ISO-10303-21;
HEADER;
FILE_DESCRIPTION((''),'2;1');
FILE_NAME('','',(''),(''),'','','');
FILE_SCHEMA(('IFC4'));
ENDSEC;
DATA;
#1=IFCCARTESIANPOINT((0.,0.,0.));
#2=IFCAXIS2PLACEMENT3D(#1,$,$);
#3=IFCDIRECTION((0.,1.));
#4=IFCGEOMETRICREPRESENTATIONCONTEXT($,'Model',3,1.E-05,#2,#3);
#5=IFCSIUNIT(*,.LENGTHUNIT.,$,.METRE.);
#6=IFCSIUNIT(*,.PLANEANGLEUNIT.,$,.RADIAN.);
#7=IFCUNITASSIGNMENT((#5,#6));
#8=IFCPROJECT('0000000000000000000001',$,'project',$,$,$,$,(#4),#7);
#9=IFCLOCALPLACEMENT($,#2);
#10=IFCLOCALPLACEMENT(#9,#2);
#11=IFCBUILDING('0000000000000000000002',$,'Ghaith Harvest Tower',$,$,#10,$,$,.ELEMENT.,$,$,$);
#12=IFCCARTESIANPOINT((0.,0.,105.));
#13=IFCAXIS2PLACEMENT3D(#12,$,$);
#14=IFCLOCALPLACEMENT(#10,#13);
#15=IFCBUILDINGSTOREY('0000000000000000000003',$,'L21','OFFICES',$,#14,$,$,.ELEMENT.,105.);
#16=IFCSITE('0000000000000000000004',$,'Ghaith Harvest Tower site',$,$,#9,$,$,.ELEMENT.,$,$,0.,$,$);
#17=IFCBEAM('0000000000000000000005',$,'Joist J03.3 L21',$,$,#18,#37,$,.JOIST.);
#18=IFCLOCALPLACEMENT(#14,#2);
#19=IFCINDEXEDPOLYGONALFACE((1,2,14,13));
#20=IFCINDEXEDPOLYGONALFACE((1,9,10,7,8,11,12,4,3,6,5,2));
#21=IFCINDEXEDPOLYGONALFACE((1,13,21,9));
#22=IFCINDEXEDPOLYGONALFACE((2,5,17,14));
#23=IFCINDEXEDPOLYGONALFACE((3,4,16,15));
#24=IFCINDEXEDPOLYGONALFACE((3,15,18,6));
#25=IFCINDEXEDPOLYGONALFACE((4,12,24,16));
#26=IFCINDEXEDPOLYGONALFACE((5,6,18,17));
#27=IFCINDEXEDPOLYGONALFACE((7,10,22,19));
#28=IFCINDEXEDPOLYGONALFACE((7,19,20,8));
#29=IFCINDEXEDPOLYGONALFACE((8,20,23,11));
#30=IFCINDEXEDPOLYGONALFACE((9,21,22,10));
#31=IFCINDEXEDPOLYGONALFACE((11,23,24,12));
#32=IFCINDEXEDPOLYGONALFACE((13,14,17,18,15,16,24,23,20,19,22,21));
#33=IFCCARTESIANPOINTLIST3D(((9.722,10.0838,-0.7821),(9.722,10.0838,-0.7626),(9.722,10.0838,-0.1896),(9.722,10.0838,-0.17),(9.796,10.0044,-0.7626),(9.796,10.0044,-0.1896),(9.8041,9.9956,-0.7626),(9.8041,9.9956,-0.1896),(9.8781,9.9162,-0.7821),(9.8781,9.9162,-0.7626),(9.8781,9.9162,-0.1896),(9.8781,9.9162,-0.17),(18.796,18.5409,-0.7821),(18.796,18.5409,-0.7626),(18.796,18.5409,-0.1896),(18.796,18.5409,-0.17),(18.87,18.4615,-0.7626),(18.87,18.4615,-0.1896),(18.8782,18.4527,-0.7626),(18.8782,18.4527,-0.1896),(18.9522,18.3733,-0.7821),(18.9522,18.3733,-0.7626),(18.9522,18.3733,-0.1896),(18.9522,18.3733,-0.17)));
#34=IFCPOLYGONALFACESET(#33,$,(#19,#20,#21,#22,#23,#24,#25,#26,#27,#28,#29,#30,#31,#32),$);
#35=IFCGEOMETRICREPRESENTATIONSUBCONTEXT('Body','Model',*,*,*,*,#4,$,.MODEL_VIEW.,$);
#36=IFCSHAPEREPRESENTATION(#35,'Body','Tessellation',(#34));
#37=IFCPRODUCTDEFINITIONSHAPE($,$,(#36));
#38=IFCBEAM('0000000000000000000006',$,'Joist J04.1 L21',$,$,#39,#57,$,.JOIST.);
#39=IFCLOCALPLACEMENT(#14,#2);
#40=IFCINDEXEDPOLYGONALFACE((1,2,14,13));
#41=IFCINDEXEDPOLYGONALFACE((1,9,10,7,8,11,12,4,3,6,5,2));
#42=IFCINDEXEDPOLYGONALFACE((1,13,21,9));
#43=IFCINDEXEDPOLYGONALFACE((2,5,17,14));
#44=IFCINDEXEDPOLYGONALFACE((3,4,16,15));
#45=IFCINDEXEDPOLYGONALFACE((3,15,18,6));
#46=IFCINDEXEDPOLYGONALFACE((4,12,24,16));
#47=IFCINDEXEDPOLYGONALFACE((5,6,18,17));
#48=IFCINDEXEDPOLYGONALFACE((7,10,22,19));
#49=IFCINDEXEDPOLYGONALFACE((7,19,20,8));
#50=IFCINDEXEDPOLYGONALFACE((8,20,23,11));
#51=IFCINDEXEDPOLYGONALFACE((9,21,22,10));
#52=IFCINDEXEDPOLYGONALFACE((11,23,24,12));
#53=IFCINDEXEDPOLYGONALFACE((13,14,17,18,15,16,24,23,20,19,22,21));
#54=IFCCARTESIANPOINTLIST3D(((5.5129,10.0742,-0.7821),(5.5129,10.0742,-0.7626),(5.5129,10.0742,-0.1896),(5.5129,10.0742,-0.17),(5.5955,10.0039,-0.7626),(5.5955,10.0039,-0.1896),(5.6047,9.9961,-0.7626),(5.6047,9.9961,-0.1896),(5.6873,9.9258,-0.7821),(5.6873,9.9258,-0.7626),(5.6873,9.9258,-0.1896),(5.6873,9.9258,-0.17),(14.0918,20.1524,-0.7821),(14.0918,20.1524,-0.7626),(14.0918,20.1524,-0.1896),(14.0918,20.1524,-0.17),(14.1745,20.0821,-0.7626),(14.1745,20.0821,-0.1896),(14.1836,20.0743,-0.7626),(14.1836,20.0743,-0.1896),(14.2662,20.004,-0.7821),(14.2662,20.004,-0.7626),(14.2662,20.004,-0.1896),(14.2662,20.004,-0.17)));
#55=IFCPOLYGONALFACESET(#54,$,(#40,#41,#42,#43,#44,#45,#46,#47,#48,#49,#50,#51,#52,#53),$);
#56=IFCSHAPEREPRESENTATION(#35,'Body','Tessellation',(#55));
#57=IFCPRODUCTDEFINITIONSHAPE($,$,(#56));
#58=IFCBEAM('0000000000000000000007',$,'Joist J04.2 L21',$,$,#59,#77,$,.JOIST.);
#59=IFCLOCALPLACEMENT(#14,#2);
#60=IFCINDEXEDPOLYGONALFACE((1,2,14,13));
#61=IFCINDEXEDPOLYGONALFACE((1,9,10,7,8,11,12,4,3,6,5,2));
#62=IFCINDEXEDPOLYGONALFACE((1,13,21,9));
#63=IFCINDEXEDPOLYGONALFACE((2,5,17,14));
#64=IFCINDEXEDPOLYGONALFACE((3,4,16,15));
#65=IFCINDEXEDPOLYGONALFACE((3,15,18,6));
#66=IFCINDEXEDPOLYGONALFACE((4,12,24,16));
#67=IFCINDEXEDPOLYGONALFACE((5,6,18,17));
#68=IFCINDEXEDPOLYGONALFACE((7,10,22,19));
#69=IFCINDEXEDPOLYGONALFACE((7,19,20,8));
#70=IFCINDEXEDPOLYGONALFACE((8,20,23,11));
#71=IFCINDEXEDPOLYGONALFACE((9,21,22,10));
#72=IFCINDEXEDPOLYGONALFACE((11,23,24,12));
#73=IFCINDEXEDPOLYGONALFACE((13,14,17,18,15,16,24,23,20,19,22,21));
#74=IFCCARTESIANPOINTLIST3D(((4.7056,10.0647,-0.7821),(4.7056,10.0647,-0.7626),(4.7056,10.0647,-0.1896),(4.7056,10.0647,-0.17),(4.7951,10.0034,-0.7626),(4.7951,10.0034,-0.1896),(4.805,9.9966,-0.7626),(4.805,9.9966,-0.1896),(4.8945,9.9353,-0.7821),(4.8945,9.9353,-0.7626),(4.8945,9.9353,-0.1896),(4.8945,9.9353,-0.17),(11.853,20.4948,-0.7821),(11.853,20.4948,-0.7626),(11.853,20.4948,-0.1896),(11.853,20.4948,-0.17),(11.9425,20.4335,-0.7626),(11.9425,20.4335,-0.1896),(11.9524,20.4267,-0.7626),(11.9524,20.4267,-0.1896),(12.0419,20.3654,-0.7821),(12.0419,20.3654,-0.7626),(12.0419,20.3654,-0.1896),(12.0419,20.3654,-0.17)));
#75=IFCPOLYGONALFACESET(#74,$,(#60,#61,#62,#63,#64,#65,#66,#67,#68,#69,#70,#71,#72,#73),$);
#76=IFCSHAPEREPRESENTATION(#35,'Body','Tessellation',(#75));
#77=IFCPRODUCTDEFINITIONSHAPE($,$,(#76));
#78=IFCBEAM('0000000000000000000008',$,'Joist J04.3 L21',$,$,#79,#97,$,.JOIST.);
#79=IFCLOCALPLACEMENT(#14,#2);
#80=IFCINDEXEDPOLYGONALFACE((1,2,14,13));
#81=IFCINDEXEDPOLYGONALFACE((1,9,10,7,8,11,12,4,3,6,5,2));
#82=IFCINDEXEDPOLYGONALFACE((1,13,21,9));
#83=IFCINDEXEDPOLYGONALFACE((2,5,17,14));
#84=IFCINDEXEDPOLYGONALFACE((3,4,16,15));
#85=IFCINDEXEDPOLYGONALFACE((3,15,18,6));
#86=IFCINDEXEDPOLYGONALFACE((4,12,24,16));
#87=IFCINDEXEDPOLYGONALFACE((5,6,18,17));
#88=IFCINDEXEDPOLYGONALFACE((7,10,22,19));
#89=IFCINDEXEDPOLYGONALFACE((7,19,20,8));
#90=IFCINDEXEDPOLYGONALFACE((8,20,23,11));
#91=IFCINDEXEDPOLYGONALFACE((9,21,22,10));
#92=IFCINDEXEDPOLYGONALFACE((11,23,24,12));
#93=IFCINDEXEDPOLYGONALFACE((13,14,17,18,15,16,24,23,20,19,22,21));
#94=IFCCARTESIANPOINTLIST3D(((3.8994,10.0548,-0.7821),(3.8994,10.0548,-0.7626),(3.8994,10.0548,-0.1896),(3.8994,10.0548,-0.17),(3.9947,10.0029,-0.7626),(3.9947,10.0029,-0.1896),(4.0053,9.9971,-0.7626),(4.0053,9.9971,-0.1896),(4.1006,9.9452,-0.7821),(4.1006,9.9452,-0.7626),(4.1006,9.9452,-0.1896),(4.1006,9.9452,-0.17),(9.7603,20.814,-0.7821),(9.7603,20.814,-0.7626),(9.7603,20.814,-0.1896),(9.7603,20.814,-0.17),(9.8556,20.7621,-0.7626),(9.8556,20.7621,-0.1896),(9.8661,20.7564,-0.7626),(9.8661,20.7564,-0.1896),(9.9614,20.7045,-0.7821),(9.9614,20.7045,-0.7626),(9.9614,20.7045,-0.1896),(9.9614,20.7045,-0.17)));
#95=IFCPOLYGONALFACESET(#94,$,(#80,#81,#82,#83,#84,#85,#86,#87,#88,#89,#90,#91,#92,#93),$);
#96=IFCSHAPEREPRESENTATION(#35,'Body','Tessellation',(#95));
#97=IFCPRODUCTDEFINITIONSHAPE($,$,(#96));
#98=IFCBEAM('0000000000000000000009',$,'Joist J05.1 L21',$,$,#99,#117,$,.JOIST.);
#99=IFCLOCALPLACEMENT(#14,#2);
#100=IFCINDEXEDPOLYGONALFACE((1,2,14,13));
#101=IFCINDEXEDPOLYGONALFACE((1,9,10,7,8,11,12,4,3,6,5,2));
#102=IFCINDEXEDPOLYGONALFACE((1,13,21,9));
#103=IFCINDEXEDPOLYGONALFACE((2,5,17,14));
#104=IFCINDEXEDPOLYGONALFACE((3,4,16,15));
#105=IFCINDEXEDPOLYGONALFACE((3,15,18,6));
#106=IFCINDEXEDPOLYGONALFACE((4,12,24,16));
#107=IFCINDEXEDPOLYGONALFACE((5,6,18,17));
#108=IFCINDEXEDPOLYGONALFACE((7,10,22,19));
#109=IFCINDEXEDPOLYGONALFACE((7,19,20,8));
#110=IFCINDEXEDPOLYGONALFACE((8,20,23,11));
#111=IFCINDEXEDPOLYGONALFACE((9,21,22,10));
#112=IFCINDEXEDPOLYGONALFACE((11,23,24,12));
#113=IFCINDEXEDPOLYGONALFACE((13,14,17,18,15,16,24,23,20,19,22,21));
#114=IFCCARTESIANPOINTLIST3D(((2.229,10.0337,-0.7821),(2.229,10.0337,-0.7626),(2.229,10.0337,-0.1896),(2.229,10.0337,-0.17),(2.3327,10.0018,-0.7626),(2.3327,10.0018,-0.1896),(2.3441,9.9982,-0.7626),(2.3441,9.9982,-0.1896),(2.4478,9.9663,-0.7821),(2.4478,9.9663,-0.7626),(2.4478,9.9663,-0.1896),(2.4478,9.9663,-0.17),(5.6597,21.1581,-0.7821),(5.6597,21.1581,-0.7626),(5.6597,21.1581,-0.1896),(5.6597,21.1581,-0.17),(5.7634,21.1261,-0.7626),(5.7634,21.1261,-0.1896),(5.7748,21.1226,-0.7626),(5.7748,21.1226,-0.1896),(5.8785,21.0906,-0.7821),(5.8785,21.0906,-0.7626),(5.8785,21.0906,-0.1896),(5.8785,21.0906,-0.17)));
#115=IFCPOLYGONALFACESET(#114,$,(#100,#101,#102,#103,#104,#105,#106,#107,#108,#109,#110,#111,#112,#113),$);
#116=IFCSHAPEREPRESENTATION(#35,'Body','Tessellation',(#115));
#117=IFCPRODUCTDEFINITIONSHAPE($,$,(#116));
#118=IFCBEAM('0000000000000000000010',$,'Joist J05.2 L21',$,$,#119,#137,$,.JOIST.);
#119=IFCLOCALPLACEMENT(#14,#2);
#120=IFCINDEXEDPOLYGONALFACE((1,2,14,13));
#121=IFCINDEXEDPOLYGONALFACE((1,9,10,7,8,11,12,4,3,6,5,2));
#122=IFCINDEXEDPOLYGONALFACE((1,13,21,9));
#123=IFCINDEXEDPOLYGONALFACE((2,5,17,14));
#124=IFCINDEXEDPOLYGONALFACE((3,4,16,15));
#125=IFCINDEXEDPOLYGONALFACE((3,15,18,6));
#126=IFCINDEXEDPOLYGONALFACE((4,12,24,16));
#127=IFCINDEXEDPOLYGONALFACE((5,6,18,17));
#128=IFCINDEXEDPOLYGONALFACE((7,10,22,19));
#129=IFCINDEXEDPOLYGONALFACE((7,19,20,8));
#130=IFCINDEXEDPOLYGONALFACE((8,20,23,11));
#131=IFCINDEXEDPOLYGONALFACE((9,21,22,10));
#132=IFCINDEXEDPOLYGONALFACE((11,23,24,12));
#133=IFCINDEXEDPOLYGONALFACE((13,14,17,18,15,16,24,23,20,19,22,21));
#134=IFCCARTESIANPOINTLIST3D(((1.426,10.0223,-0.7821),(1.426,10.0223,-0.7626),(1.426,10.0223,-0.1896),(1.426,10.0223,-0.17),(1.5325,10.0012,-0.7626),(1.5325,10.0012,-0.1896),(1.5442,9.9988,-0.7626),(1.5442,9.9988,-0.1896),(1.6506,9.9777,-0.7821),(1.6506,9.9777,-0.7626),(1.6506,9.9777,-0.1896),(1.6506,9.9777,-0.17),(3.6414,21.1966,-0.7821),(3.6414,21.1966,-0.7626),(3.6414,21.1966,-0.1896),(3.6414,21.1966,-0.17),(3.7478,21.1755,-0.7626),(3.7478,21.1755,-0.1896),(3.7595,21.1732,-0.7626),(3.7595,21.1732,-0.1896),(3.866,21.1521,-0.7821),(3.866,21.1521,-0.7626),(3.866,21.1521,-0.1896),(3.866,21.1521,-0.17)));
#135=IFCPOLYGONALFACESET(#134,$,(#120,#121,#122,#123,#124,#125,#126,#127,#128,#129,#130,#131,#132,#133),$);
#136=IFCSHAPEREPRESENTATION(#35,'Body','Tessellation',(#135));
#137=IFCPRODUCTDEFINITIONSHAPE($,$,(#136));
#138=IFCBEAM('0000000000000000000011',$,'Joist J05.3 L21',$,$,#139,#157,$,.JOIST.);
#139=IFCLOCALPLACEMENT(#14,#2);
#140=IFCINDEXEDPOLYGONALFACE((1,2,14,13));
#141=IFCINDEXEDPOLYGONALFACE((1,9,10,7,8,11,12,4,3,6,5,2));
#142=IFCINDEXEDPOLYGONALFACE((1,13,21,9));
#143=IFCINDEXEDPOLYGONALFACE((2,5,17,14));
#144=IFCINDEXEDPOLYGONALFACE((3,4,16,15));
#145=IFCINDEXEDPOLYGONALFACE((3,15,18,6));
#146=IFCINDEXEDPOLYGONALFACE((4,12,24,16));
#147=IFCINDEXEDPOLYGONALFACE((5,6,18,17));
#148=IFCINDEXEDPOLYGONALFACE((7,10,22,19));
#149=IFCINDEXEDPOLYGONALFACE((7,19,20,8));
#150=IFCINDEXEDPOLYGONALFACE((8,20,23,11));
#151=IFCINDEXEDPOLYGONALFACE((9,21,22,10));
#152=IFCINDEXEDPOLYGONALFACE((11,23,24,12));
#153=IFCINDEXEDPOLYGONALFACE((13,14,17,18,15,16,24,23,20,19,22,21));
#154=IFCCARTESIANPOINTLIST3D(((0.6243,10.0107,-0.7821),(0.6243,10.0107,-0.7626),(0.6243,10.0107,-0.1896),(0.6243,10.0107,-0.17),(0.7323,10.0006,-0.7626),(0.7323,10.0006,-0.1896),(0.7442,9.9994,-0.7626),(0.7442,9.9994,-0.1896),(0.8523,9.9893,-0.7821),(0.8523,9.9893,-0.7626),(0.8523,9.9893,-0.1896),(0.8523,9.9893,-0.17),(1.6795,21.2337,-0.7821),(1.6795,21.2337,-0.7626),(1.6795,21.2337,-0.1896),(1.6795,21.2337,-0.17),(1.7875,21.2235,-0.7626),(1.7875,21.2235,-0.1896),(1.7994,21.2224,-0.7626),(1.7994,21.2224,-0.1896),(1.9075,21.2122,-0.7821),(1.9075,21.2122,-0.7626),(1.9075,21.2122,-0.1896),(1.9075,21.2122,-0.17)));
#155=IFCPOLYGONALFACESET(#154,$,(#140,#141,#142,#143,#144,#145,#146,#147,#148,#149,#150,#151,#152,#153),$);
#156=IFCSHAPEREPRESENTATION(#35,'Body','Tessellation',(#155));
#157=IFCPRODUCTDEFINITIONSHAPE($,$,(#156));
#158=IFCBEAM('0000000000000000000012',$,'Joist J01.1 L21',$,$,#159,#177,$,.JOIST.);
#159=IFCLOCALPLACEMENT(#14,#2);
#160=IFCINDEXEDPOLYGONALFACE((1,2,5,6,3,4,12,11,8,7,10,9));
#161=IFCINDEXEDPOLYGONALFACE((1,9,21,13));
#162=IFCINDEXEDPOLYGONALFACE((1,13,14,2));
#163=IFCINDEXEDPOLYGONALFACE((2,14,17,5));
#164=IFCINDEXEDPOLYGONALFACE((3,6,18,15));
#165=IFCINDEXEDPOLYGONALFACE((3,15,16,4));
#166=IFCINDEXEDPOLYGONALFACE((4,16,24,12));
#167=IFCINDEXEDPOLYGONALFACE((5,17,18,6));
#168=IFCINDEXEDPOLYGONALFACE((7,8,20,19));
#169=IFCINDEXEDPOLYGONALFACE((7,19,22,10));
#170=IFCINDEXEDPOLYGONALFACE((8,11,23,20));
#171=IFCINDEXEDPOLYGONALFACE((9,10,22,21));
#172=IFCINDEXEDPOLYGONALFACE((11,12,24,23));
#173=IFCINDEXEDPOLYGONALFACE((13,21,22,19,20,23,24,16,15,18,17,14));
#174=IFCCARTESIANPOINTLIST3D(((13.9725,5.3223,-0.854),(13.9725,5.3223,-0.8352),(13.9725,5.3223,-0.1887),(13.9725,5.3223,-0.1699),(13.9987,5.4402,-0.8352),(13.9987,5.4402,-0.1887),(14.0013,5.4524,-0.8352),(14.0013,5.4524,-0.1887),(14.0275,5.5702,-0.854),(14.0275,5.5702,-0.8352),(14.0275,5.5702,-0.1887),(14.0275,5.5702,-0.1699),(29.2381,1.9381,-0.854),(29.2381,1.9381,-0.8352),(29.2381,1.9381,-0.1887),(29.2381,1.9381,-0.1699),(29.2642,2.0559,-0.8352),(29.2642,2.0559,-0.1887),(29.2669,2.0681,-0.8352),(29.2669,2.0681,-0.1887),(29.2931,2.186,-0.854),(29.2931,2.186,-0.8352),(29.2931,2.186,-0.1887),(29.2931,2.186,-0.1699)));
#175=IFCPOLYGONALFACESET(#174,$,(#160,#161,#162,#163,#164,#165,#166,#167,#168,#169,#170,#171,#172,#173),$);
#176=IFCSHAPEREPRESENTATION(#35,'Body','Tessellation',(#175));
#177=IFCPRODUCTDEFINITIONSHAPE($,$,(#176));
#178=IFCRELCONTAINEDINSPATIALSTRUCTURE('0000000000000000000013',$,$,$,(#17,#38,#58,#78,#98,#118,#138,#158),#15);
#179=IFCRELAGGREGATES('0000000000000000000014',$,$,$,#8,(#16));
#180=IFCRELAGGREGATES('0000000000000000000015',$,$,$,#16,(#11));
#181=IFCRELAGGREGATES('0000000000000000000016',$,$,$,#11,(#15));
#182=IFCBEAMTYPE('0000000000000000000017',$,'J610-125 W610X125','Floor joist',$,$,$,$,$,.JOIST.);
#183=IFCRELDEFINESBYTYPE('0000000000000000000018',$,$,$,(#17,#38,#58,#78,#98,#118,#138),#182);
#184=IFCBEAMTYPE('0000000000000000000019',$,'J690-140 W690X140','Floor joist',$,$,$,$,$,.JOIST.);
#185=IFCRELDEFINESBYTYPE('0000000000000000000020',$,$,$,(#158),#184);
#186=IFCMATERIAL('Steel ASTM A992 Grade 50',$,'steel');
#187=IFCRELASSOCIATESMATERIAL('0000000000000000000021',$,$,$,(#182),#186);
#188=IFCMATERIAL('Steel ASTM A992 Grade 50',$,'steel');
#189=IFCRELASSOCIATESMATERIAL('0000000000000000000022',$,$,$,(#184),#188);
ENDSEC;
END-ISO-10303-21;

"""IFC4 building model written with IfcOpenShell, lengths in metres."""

from ifc_helpers import new_model, si_unit, direction, frame, origin, origin_2d, place, context, subcontext, project, spatial, i_section, extrude, material, material_profile, profile_set, type_object, element, save


model = new_model("IFC4")

# Units and contexts
model_context = context("Model", 3, precision=1e-05, world=origin(), true_north=direction((0.0, 1.0)))
body_context = subcontext(model_context, "Body", "Model", "MODEL_VIEW")
ifc_project = project(units=[si_unit("LENGTHUNIT", "METRE"), si_unit("PLANEANGLEUNIT", "RADIAN")], contexts=[model_context])

# Site, building, storey
site_placement = place(None, origin())
site = spatial("IfcSite", under=ifc_project, at=site_placement, Name="Ghaith Harvest Tower site", CompositionType="ELEMENT", RefElevation=0.0)
building_placement = place(site_placement, origin())
building = spatial("IfcBuilding", under=site, at=building_placement, Name="Ghaith Harvest Tower", CompositionType="ELEMENT")
storey_placement = place(building_placement, frame((0.0, 0.0, 105.0)))
storey = spatial("IfcBuildingStorey", under=building, at=storey_placement, Name="L21", Description="OFFICES", CompositionType="ELEMENT", Elevation=105.0)

# Beams
ifc_material_1 = material(Name="Steel ASTM A992 Grade 50", Category="steel")
ifc_material_profile_1 = material_profile(ifc_material_1, i_section(OverallWidth=0.229, OverallDepth=0.6121, WebThickness=0.012, FlangeThickness=0.0195, at=origin_2d()), Name="W610X125")
ifc_profile_set_1 = profile_set([ifc_material_profile_1], Name="Steel ASTM A992 Grade 50")
beam_type_1 = type_object("IfcBeamType", Name="J610-125 W610X125", Description="Floor joist", PredefinedType="JOIST", material=ifc_profile_set_1)
beam_1_placement = place(storey_placement, frame((9.8, 10.0, -0.4761), z_axis=(0.731538, 0.681801, 0.0), x_axis=(-0.681801, 0.731538, 0.0)))
element("IfcBeam", 1, at=beam_1_placement, inside=storey, type_object=beam_type_1, Name="Joist J03.3 L21", PredefinedType="JOIST", context=body_context, shape_type="SweptSolid", body=[
    extrude(i_section(OverallWidth=0.229, OverallDepth=0.6121, WebThickness=0.012, FlangeThickness=0.0195, at=origin_2d()), origin(), (0.0, 0.0, 1.0), 12.4041),
])
beam_2_placement = place(storey_placement, frame((5.6001, 10.0, -0.4761), z_axis=(0.648194, 0.761475, 0.0), x_axis=(-0.761475, 0.648194, 0.0)))
element("IfcBeam", 2, at=beam_2_placement, inside=storey, type_object=beam_type_1, Name="Joist J04.1 L21", PredefinedType="JOIST", context=body_context, shape_type="SweptSolid", body=[
    extrude(i_section(OverallWidth=0.229, OverallDepth=0.6121, WebThickness=0.012, FlangeThickness=0.0195, at=origin_2d()), origin(), (0.0, 0.0, 1.0), 13.2351),
])
beam_3_placement = place(storey_placement, frame((4.8, 10.0, -0.4761), z_axis=(0.565278, 0.824901, 0.0), x_axis=(-0.824901, 0.565278, 0.0)))
element("IfcBeam", 3, at=beam_3_placement, inside=storey, type_object=beam_type_1, Name="Joist J04.2 L21", PredefinedType="JOIST", context=body_context, shape_type="SweptSolid", body=[
    extrude(i_section(OverallWidth=0.229, OverallDepth=0.6121, WebThickness=0.012, FlangeThickness=0.0195, at=origin_2d()), origin(), (0.0, 0.0, 1.0), 12.644),
])
beam_4_placement = place(storey_placement, frame((4.0, 10.0, -0.4761), z_axis=(0.478358, 0.878165, 0.0), x_axis=(-0.878165, 0.478358, 0.0)))
element("IfcBeam", 4, at=beam_4_placement, inside=storey, type_object=beam_type_1, Name="Joist J04.3 L21", PredefinedType="JOIST", context=body_context, shape_type="SweptSolid", body=[
    extrude(i_section(OverallWidth=0.229, OverallDepth=0.6121, WebThickness=0.012, FlangeThickness=0.0195, at=origin_2d()), origin(), (0.0, 0.0, 1.0), 12.252),
])
beam_5_placement = place(storey_placement, frame((2.3384, 10.0, -0.4761), z_axis=(0.294699, 0.95559, 0.0), x_axis=(-0.95559, 0.294699, 0.0)))
element("IfcBeam", 5, at=beam_5_placement, inside=storey, type_object=beam_type_1, Name="Joist J05.1 L21", PredefinedType="JOIST", context=body_context, shape_type="SweptSolid", body=[
    extrude(i_section(OverallWidth=0.229, OverallDepth=0.6121, WebThickness=0.012, FlangeThickness=0.0195, at=origin_2d()), origin(), (0.0, 0.0, 1.0), 11.6414),
])
beam_6_placement = place(storey_placement, frame((1.5383, 10.0, -0.4761), z_axis=(0.194467, 0.980909, 0.0), x_axis=(-0.980909, 0.194467, 0.0)))
element("IfcBeam", 6, at=beam_6_placement, inside=storey, type_object=beam_type_1, Name="Joist J05.2 L21", PredefinedType="JOIST", context=body_context, shape_type="SweptSolid", body=[
    extrude(i_section(OverallWidth=0.229, OverallDepth=0.6121, WebThickness=0.012, FlangeThickness=0.0195, at=origin_2d()), origin(), (0.0, 0.0, 1.0), 11.3918),
])
beam_7_placement = place(storey_placement, frame((0.7383, 10.0, -0.4761), z_axis=(0.093607, 0.995609, 0.0), x_axis=(-0.995609, 0.093607, 0.0)))
element("IfcBeam", 7, at=beam_7_placement, inside=storey, type_object=beam_type_1, Name="Joist J05.3 L21", PredefinedType="JOIST", context=body_context, shape_type="SweptSolid", body=[
    extrude(i_section(OverallWidth=0.229, OverallDepth=0.6121, WebThickness=0.012, FlangeThickness=0.0195, at=origin_2d()), origin(), (0.0, 0.0, 1.0), 11.2725),
])
ifc_material_2 = material(Name="Steel ASTM A992 Grade 50", Category="steel")
ifc_material_profile_2 = material_profile(ifc_material_2, i_section(OverallWidth=0.2539, OverallDepth=0.6841, WebThickness=0.0125, FlangeThickness=0.0188, at=origin_2d()), Name="W690X140")
ifc_profile_set_2 = profile_set([ifc_material_profile_2], Name="Steel ASTM A992 Grade 50")
beam_type_2 = type_object("IfcBeamType", Name="J690-140 W690X140", Description="Floor joist", PredefinedType="JOIST", material=ifc_profile_set_2)
beam_8_placement = place(storey_placement, frame((14.0, 5.4463, -0.512), z_axis=(0.976296, -0.216438, 0.0), x_axis=(0.216438, 0.976296, 0.0)))
element("IfcBeam", 8, at=beam_8_placement, inside=storey, type_object=beam_type_2, Name="Joist J01.1 L21", PredefinedType="JOIST", context=body_context, shape_type="SweptSolid", body=[
    extrude(i_section(OverallWidth=0.2539, OverallDepth=0.6841, WebThickness=0.0125, FlangeThickness=0.0188, at=origin_2d()), origin(), (0.0, 0.0, 1.0), 15.6362),
])

save(model, "model.ifc")
